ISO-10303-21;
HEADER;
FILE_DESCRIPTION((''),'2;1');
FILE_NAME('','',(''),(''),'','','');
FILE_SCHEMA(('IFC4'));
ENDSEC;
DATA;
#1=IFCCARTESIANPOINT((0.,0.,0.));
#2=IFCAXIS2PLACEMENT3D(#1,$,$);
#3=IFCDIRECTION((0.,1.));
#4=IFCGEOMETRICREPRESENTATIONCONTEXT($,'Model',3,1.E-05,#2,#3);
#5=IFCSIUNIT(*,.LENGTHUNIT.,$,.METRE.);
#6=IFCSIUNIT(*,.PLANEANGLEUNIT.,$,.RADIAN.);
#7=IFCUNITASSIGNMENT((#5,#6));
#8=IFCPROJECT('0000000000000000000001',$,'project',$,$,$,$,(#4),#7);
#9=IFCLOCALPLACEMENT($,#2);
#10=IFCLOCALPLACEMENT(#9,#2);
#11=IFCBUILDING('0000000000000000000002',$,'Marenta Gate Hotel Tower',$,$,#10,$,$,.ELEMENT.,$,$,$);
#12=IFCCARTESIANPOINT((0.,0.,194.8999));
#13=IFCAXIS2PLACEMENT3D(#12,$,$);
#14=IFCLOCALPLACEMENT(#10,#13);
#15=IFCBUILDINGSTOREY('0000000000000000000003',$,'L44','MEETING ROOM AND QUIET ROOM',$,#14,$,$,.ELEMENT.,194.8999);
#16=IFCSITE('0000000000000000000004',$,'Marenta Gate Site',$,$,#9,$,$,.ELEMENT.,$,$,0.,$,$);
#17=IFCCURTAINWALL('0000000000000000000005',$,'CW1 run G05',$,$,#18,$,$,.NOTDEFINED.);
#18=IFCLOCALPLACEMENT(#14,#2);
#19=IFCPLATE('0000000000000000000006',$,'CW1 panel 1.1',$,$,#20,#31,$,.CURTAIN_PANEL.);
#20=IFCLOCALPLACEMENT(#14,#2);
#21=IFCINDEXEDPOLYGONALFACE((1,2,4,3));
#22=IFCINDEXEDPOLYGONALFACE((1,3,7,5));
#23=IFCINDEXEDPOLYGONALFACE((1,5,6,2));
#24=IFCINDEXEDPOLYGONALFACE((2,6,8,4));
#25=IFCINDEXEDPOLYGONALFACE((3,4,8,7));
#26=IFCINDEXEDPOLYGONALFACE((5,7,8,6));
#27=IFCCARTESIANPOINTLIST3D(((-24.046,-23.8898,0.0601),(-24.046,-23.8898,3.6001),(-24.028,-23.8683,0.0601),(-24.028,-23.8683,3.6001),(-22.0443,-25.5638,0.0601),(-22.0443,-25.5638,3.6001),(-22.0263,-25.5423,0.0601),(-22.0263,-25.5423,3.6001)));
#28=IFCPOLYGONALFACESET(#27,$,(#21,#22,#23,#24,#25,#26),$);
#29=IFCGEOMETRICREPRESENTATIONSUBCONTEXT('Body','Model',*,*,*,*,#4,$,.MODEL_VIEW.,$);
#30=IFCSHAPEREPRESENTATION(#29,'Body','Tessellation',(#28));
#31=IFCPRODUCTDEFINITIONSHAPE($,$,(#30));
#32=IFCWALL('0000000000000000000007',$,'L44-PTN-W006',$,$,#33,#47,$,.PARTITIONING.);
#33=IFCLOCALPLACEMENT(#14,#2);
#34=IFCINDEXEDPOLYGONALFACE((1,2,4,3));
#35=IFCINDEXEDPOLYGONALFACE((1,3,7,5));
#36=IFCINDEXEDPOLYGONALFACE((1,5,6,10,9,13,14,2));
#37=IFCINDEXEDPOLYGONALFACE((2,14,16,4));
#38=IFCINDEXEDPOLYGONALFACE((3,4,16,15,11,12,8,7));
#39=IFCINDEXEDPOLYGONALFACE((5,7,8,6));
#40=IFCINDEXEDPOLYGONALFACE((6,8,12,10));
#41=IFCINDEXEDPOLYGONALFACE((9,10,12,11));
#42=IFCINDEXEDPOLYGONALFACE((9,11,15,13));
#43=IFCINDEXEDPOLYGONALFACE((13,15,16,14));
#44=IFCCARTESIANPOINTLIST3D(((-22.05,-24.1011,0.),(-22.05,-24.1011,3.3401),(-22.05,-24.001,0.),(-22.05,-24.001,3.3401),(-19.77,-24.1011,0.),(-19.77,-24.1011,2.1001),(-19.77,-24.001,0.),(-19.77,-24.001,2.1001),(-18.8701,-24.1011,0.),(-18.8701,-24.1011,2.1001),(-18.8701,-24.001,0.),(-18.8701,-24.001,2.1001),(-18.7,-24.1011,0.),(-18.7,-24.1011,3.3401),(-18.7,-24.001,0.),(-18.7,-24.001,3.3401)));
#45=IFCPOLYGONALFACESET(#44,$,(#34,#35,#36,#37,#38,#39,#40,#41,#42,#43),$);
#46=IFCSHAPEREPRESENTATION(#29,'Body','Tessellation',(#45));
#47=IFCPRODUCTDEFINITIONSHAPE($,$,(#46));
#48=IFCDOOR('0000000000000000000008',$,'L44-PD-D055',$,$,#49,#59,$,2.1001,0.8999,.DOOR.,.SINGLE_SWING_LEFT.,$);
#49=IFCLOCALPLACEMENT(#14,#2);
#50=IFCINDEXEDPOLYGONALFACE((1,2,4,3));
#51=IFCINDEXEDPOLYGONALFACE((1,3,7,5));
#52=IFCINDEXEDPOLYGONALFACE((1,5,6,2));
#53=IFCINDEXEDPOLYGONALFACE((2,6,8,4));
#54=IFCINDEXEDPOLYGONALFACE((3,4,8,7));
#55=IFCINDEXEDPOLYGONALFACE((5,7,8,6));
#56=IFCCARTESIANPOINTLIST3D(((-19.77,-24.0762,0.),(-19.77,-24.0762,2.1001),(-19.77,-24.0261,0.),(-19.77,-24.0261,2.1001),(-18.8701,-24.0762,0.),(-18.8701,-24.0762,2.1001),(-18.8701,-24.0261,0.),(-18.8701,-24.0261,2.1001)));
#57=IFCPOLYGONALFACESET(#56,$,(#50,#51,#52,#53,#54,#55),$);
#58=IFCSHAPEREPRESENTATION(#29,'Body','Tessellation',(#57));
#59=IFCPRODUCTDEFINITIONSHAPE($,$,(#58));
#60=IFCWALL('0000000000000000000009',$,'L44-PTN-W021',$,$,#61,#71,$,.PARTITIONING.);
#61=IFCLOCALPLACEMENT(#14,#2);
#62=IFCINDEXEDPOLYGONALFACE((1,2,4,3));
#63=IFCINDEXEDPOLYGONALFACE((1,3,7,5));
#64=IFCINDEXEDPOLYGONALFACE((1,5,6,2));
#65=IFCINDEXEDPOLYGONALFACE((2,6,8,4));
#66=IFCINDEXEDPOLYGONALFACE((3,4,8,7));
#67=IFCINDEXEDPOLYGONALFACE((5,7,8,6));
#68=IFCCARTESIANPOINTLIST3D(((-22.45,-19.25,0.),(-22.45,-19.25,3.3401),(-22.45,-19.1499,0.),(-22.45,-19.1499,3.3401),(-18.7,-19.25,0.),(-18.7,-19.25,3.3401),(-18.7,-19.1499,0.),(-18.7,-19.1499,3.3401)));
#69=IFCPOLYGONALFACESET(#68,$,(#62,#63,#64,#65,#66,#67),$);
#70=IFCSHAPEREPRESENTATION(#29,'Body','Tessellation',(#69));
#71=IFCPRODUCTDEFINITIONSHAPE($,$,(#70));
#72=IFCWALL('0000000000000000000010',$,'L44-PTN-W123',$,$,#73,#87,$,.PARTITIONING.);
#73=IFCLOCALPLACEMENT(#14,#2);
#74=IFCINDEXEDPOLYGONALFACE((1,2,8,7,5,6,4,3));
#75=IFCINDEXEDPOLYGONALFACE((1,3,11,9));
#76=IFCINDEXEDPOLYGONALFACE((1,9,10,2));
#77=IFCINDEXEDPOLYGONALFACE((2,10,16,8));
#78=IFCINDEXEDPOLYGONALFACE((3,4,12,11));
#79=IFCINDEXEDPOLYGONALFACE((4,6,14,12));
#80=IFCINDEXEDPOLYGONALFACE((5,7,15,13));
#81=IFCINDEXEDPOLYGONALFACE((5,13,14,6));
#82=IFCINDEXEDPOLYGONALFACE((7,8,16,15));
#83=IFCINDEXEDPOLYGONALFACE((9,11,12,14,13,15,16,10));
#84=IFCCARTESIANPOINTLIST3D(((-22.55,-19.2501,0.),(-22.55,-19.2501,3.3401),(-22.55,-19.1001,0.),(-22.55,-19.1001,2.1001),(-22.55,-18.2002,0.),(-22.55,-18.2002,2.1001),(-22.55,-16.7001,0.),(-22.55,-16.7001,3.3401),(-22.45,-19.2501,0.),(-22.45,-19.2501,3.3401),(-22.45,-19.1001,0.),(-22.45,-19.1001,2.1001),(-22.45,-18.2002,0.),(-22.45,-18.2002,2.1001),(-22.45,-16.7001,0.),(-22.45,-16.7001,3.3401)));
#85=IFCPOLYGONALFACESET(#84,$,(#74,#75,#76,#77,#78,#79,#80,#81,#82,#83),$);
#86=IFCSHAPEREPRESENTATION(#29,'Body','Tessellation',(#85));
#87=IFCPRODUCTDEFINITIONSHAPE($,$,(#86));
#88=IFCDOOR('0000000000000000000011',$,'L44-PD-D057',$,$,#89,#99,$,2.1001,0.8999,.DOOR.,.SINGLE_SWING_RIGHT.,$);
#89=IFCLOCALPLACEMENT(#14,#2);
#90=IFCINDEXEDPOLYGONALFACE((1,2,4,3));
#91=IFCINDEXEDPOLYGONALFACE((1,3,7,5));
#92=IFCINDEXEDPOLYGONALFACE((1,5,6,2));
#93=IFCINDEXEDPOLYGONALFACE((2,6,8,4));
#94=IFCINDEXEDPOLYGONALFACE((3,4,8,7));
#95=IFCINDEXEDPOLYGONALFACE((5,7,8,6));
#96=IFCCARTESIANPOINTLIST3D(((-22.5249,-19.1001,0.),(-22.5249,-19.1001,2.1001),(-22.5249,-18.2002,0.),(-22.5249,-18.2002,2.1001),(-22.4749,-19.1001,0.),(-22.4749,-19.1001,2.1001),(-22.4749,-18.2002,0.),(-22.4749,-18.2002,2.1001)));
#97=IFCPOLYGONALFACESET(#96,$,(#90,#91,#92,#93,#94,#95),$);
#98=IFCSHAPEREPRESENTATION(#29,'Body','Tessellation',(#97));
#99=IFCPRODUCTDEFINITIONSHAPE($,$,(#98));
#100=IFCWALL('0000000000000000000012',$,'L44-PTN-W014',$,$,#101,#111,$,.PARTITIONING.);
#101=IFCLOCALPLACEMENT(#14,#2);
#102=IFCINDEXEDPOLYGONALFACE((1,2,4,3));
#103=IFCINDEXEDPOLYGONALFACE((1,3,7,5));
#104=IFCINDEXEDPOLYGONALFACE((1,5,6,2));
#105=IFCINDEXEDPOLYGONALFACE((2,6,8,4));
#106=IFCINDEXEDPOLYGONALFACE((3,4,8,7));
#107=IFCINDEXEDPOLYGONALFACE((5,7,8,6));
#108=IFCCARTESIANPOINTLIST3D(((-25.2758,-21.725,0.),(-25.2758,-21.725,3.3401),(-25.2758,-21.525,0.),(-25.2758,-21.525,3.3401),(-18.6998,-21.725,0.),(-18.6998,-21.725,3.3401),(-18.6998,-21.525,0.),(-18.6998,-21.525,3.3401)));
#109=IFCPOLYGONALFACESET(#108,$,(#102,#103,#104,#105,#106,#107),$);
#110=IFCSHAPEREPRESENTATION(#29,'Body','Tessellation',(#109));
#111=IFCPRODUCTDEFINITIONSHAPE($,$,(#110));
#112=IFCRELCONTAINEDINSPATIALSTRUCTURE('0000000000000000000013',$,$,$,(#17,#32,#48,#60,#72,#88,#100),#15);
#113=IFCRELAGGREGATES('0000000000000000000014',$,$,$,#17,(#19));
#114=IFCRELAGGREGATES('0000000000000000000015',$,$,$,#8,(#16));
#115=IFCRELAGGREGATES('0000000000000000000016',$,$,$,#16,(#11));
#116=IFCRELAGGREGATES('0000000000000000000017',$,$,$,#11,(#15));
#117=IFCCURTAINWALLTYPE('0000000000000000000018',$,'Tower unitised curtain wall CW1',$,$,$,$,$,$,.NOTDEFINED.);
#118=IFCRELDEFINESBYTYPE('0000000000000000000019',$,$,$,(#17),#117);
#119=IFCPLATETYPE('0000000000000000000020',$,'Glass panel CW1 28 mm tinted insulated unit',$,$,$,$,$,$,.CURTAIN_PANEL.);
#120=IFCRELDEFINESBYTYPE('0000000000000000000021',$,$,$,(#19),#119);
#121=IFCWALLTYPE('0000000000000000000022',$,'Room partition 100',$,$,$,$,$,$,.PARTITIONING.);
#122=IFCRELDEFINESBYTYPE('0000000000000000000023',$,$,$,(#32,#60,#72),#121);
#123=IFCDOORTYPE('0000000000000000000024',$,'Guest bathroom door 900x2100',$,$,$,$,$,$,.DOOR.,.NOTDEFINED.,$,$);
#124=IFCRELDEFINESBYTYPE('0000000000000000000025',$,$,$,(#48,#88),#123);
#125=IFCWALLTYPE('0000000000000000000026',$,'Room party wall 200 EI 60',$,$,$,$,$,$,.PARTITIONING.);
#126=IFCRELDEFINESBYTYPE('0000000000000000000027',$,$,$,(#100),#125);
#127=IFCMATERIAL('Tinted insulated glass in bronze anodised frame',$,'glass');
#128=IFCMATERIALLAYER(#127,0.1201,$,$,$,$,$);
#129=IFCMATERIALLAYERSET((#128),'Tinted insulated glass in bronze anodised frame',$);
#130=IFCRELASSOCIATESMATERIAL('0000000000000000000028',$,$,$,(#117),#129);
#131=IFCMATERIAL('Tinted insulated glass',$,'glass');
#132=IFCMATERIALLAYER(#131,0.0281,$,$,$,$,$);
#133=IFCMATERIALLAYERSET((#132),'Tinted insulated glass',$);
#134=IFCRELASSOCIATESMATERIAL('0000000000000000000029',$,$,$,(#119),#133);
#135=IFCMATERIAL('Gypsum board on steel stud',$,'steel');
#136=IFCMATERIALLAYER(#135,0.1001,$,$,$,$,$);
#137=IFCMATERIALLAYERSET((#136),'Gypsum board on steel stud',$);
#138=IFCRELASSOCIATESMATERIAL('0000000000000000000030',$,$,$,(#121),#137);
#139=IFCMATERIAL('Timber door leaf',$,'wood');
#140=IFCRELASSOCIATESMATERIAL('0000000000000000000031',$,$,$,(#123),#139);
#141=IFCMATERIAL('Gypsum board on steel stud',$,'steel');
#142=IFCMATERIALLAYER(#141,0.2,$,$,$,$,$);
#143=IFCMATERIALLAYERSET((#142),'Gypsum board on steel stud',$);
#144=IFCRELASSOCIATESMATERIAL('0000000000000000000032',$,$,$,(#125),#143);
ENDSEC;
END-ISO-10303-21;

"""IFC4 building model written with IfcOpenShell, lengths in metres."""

from ifc_helpers import new_model, si_unit, direction, frame, frame_2d, origin, origin_2d, place, context, subcontext, project, spatial, rectangle, extrude, material, layer, layer_set, type_object, element, fill, aggregate, save


model = new_model("IFC4")

# Units and contexts
model_context = context("Model", 3, precision=1e-05, world=origin(), true_north=direction((0.0, 1.0)))
body_context = subcontext(model_context, "Body", "Model", "MODEL_VIEW")
ifc_project = project(units=[si_unit("LENGTHUNIT", "METRE"), si_unit("PLANEANGLEUNIT", "RADIAN")], contexts=[model_context])

# Site, building, storey
site_placement = place(None, origin())
site = spatial("IfcSite", under=ifc_project, at=site_placement, Name="Marenta Gate Site", CompositionType="ELEMENT", RefElevation=0.0)
building_placement = place(site_placement, origin())
building = spatial("IfcBuilding", under=site, at=building_placement, Name="Marenta Gate Hotel Tower", CompositionType="ELEMENT")
storey_placement = place(building_placement, frame((0.0, 0.0, 194.8999)))
storey = spatial("IfcBuildingStorey", under=building, at=storey_placement, Name="L44", Description="MEETING ROOM AND QUIET ROOM", CompositionType="ELEMENT", Elevation=194.8999)

# Curtain wall
ifc_material_1 = material(Name="Tinted insulated glass in bronze anodised frame", Category="glass")
ifc_layer_1 = layer(ifc_material_1, 0.1201)
ifc_layer_set_1 = layer_set([ifc_layer_1], Name="Tinted insulated glass in bronze anodised frame")
curtain_wall_type = type_object("IfcCurtainWallType", Name="Tower unitised curtain wall CW1", PredefinedType="NOTDEFINED", material=ifc_layer_set_1)
curtain_wall_1_placement = place(storey_placement, origin())
curtain_wall_1 = element("IfcCurtainWall", 1, at=curtain_wall_1_placement, inside=storey, type_object=curtain_wall_type, Name="CW1 run G05", PredefinedType="NOTDEFINED")

# Plate
ifc_material_2 = material(Name="Tinted insulated glass", Category="glass")
ifc_layer_2 = layer(ifc_material_2, 0.0281)
ifc_layer_set_2 = layer_set([ifc_layer_2], Name="Tinted insulated glass")
plate_type = type_object("IfcPlateType", Name="Glass panel CW1 28 mm tinted insulated unit", PredefinedType="CURTAIN_PANEL", material=ifc_layer_set_2)
plate_1_placement = place(storey_placement, frame((-23.0361, -24.7161, 0.0601), z_axis=(0.0, 0.0, 1.0), x_axis=(0.767102, -0.641525, 0.0)))
plate_1 = element("IfcPlate", 2, at=plate_1_placement, type_object=plate_type, Name="CW1 panel 1.1", PredefinedType="CURTAIN_PANEL", context=body_context, shape_type="SweptSolid", body=[
    extrude(rectangle(XDim=2.6094, YDim=0.0281, at=origin_2d()), origin(), (0.0, 0.0, 1.0), 3.54),
])
aggregate(curtain_wall_1, [plate_1])

# Wall, opening, door
ifc_material_3 = material(Name="Gypsum board on steel stud", Category="steel")
ifc_layer_3 = layer(ifc_material_3, 0.1001)
ifc_layer_set_3 = layer_set([ifc_layer_3], Name="Gypsum board on steel stud")
wall_type_1 = type_object("IfcWallType", Name="Room partition 100", PredefinedType="PARTITIONING", material=ifc_layer_set_3)
wall_1_placement = place(storey_placement, frame((-22.05, -24.051, 0.0), z_axis=(0.0, 0.0, 1.0), x_axis=(1.0, 0.0, 0.0)))
wall_1 = element("IfcWall", 3, at=wall_1_placement, inside=storey, type_object=wall_type_1, Name="L44-PTN-W006", PredefinedType="PARTITIONING", context=body_context, shape_type="SweptSolid", body=[
    extrude(rectangle(XDim=3.3501, YDim=0.1001, at=frame_2d((1.675, 0.0))), origin(), (0.0, 0.0, 1.0), 3.3401),
])
opening_1_placement = place(wall_1_placement, frame((2.28, 0.0, 0.0)))
opening_1 = element("IfcOpeningElement", 4, at=opening_1_placement, cuts=wall_1, PredefinedType="OPENING", context=body_context, shape_type="SweptSolid", body=[
    extrude(rectangle(XDim=0.8999, YDim=2.1001, at=frame_2d((0.45, 1.05))), frame((0.0, 0.05, 0.0), z_axis=(0.0, -1.0, 0.0), x_axis=(1.0, 0.0, 0.0)), (0.0, 0.0, 1.0), 0.1001),
])
ifc_material_4 = material(Name="Timber door leaf", Category="wood")
door_type = type_object("IfcDoorType", Name="Guest bathroom door 900x2100", OperationType="NOTDEFINED", PredefinedType="DOOR", material=ifc_material_4)
door_1_placement = place(opening_1_placement, origin())
door_1 = element("IfcDoor", 5, at=door_1_placement, inside=storey, type_object=door_type, Name="L44-PD-D055", OperationType="SINGLE_SWING_LEFT", OverallHeight=2.1001, OverallWidth=0.8999, PredefinedType="DOOR", context=body_context, shape_type="SweptSolid", body=[
    extrude(rectangle(XDim=0.8999, YDim=2.1001, at=frame_2d((0.45, 1.05))), frame((0.0, 0.0249, 0.0), z_axis=(0.0, -1.0, 0.0), x_axis=(1.0, 0.0, 0.0)), (0.0, 0.0, 1.0), 0.05),
])
fill(opening_1, door_1)

# Wall
wall_2_placement = place(storey_placement, frame((-22.45, -19.2, 0.0), z_axis=(0.0, 0.0, 1.0), x_axis=(1.0, 0.0, 0.0)))
element("IfcWall", 6, at=wall_2_placement, inside=storey, type_object=wall_type_1, Name="L44-PTN-W021", PredefinedType="PARTITIONING", context=body_context, shape_type="SweptSolid", body=[
    extrude(rectangle(XDim=3.75, YDim=0.1001, at=frame_2d((1.875, 0.0))), origin(), (0.0, 0.0, 1.0), 3.3401),
])

# Wall, opening, door
wall_3_placement = place(storey_placement, frame((-22.5, -19.25, 0.0), z_axis=(0.0, 0.0, 1.0), x_axis=(0.0, 1.0, 0.0)))
wall_3 = element("IfcWall", 7, at=wall_3_placement, inside=storey, type_object=wall_type_1, Name="L44-PTN-W123", PredefinedType="PARTITIONING", context=body_context, shape_type="SweptSolid", body=[
    extrude(rectangle(XDim=2.55, YDim=0.1001, at=frame_2d((1.2749, 0.0))), origin(), (0.0, 0.0, 1.0), 3.3401),
])
opening_2_placement = place(wall_3_placement, frame((0.1499, 0.0, 0.0)))
opening_2 = element("IfcOpeningElement", 8, at=opening_2_placement, cuts=wall_3, PredefinedType="OPENING", context=body_context, shape_type="SweptSolid", body=[
    extrude(rectangle(XDim=0.8999, YDim=2.1001, at=frame_2d((0.45, 1.05))), frame((0.0, 0.05, 0.0), z_axis=(0.0, -1.0, 0.0), x_axis=(1.0, 0.0, 0.0)), (0.0, 0.0, 1.0), 0.1001),
])
door_2_placement = place(opening_2_placement, origin())
door_2 = element("IfcDoor", 9, at=door_2_placement, inside=storey, type_object=door_type, Name="L44-PD-D057", OperationType="SINGLE_SWING_RIGHT", OverallHeight=2.1001, OverallWidth=0.8999, PredefinedType="DOOR", context=body_context, shape_type="SweptSolid", body=[
    extrude(rectangle(XDim=0.8999, YDim=2.1001, at=frame_2d((0.45, 1.05))), frame((0.0, 0.0249, 0.0), z_axis=(0.0, -1.0, 0.0), x_axis=(1.0, 0.0, 0.0)), (0.0, 0.0, 1.0), 0.05),
])
fill(opening_2, door_2)

# Wall
ifc_material_5 = material(Name="Gypsum board on steel stud", Category="steel")
ifc_layer_4 = layer(ifc_material_5, 0.2)
ifc_layer_set_4 = layer_set([ifc_layer_4], Name="Gypsum board on steel stud")
wall_type_2 = type_object("IfcWallType", Name="Room party wall 200 EI 60", PredefinedType="PARTITIONING", material=ifc_layer_set_4)
wall_4_placement = place(storey_placement, frame((-25.2759, -21.625, 0.0), z_axis=(0.0, 0.0, 1.0), x_axis=(1.0, 0.0, 0.0)))
element("IfcWall", 10, at=wall_4_placement, inside=storey, type_object=wall_type_2, Name="L44-PTN-W014", PredefinedType="PARTITIONING", context=body_context, shape_type="SweptSolid", body=[
    extrude(rectangle(XDim=6.5759, YDim=0.2, at=frame_2d((3.2881, 0.0))), origin(), (0.0, 0.0, 1.0), 3.3401),
])

save(model, "model.ifc")
